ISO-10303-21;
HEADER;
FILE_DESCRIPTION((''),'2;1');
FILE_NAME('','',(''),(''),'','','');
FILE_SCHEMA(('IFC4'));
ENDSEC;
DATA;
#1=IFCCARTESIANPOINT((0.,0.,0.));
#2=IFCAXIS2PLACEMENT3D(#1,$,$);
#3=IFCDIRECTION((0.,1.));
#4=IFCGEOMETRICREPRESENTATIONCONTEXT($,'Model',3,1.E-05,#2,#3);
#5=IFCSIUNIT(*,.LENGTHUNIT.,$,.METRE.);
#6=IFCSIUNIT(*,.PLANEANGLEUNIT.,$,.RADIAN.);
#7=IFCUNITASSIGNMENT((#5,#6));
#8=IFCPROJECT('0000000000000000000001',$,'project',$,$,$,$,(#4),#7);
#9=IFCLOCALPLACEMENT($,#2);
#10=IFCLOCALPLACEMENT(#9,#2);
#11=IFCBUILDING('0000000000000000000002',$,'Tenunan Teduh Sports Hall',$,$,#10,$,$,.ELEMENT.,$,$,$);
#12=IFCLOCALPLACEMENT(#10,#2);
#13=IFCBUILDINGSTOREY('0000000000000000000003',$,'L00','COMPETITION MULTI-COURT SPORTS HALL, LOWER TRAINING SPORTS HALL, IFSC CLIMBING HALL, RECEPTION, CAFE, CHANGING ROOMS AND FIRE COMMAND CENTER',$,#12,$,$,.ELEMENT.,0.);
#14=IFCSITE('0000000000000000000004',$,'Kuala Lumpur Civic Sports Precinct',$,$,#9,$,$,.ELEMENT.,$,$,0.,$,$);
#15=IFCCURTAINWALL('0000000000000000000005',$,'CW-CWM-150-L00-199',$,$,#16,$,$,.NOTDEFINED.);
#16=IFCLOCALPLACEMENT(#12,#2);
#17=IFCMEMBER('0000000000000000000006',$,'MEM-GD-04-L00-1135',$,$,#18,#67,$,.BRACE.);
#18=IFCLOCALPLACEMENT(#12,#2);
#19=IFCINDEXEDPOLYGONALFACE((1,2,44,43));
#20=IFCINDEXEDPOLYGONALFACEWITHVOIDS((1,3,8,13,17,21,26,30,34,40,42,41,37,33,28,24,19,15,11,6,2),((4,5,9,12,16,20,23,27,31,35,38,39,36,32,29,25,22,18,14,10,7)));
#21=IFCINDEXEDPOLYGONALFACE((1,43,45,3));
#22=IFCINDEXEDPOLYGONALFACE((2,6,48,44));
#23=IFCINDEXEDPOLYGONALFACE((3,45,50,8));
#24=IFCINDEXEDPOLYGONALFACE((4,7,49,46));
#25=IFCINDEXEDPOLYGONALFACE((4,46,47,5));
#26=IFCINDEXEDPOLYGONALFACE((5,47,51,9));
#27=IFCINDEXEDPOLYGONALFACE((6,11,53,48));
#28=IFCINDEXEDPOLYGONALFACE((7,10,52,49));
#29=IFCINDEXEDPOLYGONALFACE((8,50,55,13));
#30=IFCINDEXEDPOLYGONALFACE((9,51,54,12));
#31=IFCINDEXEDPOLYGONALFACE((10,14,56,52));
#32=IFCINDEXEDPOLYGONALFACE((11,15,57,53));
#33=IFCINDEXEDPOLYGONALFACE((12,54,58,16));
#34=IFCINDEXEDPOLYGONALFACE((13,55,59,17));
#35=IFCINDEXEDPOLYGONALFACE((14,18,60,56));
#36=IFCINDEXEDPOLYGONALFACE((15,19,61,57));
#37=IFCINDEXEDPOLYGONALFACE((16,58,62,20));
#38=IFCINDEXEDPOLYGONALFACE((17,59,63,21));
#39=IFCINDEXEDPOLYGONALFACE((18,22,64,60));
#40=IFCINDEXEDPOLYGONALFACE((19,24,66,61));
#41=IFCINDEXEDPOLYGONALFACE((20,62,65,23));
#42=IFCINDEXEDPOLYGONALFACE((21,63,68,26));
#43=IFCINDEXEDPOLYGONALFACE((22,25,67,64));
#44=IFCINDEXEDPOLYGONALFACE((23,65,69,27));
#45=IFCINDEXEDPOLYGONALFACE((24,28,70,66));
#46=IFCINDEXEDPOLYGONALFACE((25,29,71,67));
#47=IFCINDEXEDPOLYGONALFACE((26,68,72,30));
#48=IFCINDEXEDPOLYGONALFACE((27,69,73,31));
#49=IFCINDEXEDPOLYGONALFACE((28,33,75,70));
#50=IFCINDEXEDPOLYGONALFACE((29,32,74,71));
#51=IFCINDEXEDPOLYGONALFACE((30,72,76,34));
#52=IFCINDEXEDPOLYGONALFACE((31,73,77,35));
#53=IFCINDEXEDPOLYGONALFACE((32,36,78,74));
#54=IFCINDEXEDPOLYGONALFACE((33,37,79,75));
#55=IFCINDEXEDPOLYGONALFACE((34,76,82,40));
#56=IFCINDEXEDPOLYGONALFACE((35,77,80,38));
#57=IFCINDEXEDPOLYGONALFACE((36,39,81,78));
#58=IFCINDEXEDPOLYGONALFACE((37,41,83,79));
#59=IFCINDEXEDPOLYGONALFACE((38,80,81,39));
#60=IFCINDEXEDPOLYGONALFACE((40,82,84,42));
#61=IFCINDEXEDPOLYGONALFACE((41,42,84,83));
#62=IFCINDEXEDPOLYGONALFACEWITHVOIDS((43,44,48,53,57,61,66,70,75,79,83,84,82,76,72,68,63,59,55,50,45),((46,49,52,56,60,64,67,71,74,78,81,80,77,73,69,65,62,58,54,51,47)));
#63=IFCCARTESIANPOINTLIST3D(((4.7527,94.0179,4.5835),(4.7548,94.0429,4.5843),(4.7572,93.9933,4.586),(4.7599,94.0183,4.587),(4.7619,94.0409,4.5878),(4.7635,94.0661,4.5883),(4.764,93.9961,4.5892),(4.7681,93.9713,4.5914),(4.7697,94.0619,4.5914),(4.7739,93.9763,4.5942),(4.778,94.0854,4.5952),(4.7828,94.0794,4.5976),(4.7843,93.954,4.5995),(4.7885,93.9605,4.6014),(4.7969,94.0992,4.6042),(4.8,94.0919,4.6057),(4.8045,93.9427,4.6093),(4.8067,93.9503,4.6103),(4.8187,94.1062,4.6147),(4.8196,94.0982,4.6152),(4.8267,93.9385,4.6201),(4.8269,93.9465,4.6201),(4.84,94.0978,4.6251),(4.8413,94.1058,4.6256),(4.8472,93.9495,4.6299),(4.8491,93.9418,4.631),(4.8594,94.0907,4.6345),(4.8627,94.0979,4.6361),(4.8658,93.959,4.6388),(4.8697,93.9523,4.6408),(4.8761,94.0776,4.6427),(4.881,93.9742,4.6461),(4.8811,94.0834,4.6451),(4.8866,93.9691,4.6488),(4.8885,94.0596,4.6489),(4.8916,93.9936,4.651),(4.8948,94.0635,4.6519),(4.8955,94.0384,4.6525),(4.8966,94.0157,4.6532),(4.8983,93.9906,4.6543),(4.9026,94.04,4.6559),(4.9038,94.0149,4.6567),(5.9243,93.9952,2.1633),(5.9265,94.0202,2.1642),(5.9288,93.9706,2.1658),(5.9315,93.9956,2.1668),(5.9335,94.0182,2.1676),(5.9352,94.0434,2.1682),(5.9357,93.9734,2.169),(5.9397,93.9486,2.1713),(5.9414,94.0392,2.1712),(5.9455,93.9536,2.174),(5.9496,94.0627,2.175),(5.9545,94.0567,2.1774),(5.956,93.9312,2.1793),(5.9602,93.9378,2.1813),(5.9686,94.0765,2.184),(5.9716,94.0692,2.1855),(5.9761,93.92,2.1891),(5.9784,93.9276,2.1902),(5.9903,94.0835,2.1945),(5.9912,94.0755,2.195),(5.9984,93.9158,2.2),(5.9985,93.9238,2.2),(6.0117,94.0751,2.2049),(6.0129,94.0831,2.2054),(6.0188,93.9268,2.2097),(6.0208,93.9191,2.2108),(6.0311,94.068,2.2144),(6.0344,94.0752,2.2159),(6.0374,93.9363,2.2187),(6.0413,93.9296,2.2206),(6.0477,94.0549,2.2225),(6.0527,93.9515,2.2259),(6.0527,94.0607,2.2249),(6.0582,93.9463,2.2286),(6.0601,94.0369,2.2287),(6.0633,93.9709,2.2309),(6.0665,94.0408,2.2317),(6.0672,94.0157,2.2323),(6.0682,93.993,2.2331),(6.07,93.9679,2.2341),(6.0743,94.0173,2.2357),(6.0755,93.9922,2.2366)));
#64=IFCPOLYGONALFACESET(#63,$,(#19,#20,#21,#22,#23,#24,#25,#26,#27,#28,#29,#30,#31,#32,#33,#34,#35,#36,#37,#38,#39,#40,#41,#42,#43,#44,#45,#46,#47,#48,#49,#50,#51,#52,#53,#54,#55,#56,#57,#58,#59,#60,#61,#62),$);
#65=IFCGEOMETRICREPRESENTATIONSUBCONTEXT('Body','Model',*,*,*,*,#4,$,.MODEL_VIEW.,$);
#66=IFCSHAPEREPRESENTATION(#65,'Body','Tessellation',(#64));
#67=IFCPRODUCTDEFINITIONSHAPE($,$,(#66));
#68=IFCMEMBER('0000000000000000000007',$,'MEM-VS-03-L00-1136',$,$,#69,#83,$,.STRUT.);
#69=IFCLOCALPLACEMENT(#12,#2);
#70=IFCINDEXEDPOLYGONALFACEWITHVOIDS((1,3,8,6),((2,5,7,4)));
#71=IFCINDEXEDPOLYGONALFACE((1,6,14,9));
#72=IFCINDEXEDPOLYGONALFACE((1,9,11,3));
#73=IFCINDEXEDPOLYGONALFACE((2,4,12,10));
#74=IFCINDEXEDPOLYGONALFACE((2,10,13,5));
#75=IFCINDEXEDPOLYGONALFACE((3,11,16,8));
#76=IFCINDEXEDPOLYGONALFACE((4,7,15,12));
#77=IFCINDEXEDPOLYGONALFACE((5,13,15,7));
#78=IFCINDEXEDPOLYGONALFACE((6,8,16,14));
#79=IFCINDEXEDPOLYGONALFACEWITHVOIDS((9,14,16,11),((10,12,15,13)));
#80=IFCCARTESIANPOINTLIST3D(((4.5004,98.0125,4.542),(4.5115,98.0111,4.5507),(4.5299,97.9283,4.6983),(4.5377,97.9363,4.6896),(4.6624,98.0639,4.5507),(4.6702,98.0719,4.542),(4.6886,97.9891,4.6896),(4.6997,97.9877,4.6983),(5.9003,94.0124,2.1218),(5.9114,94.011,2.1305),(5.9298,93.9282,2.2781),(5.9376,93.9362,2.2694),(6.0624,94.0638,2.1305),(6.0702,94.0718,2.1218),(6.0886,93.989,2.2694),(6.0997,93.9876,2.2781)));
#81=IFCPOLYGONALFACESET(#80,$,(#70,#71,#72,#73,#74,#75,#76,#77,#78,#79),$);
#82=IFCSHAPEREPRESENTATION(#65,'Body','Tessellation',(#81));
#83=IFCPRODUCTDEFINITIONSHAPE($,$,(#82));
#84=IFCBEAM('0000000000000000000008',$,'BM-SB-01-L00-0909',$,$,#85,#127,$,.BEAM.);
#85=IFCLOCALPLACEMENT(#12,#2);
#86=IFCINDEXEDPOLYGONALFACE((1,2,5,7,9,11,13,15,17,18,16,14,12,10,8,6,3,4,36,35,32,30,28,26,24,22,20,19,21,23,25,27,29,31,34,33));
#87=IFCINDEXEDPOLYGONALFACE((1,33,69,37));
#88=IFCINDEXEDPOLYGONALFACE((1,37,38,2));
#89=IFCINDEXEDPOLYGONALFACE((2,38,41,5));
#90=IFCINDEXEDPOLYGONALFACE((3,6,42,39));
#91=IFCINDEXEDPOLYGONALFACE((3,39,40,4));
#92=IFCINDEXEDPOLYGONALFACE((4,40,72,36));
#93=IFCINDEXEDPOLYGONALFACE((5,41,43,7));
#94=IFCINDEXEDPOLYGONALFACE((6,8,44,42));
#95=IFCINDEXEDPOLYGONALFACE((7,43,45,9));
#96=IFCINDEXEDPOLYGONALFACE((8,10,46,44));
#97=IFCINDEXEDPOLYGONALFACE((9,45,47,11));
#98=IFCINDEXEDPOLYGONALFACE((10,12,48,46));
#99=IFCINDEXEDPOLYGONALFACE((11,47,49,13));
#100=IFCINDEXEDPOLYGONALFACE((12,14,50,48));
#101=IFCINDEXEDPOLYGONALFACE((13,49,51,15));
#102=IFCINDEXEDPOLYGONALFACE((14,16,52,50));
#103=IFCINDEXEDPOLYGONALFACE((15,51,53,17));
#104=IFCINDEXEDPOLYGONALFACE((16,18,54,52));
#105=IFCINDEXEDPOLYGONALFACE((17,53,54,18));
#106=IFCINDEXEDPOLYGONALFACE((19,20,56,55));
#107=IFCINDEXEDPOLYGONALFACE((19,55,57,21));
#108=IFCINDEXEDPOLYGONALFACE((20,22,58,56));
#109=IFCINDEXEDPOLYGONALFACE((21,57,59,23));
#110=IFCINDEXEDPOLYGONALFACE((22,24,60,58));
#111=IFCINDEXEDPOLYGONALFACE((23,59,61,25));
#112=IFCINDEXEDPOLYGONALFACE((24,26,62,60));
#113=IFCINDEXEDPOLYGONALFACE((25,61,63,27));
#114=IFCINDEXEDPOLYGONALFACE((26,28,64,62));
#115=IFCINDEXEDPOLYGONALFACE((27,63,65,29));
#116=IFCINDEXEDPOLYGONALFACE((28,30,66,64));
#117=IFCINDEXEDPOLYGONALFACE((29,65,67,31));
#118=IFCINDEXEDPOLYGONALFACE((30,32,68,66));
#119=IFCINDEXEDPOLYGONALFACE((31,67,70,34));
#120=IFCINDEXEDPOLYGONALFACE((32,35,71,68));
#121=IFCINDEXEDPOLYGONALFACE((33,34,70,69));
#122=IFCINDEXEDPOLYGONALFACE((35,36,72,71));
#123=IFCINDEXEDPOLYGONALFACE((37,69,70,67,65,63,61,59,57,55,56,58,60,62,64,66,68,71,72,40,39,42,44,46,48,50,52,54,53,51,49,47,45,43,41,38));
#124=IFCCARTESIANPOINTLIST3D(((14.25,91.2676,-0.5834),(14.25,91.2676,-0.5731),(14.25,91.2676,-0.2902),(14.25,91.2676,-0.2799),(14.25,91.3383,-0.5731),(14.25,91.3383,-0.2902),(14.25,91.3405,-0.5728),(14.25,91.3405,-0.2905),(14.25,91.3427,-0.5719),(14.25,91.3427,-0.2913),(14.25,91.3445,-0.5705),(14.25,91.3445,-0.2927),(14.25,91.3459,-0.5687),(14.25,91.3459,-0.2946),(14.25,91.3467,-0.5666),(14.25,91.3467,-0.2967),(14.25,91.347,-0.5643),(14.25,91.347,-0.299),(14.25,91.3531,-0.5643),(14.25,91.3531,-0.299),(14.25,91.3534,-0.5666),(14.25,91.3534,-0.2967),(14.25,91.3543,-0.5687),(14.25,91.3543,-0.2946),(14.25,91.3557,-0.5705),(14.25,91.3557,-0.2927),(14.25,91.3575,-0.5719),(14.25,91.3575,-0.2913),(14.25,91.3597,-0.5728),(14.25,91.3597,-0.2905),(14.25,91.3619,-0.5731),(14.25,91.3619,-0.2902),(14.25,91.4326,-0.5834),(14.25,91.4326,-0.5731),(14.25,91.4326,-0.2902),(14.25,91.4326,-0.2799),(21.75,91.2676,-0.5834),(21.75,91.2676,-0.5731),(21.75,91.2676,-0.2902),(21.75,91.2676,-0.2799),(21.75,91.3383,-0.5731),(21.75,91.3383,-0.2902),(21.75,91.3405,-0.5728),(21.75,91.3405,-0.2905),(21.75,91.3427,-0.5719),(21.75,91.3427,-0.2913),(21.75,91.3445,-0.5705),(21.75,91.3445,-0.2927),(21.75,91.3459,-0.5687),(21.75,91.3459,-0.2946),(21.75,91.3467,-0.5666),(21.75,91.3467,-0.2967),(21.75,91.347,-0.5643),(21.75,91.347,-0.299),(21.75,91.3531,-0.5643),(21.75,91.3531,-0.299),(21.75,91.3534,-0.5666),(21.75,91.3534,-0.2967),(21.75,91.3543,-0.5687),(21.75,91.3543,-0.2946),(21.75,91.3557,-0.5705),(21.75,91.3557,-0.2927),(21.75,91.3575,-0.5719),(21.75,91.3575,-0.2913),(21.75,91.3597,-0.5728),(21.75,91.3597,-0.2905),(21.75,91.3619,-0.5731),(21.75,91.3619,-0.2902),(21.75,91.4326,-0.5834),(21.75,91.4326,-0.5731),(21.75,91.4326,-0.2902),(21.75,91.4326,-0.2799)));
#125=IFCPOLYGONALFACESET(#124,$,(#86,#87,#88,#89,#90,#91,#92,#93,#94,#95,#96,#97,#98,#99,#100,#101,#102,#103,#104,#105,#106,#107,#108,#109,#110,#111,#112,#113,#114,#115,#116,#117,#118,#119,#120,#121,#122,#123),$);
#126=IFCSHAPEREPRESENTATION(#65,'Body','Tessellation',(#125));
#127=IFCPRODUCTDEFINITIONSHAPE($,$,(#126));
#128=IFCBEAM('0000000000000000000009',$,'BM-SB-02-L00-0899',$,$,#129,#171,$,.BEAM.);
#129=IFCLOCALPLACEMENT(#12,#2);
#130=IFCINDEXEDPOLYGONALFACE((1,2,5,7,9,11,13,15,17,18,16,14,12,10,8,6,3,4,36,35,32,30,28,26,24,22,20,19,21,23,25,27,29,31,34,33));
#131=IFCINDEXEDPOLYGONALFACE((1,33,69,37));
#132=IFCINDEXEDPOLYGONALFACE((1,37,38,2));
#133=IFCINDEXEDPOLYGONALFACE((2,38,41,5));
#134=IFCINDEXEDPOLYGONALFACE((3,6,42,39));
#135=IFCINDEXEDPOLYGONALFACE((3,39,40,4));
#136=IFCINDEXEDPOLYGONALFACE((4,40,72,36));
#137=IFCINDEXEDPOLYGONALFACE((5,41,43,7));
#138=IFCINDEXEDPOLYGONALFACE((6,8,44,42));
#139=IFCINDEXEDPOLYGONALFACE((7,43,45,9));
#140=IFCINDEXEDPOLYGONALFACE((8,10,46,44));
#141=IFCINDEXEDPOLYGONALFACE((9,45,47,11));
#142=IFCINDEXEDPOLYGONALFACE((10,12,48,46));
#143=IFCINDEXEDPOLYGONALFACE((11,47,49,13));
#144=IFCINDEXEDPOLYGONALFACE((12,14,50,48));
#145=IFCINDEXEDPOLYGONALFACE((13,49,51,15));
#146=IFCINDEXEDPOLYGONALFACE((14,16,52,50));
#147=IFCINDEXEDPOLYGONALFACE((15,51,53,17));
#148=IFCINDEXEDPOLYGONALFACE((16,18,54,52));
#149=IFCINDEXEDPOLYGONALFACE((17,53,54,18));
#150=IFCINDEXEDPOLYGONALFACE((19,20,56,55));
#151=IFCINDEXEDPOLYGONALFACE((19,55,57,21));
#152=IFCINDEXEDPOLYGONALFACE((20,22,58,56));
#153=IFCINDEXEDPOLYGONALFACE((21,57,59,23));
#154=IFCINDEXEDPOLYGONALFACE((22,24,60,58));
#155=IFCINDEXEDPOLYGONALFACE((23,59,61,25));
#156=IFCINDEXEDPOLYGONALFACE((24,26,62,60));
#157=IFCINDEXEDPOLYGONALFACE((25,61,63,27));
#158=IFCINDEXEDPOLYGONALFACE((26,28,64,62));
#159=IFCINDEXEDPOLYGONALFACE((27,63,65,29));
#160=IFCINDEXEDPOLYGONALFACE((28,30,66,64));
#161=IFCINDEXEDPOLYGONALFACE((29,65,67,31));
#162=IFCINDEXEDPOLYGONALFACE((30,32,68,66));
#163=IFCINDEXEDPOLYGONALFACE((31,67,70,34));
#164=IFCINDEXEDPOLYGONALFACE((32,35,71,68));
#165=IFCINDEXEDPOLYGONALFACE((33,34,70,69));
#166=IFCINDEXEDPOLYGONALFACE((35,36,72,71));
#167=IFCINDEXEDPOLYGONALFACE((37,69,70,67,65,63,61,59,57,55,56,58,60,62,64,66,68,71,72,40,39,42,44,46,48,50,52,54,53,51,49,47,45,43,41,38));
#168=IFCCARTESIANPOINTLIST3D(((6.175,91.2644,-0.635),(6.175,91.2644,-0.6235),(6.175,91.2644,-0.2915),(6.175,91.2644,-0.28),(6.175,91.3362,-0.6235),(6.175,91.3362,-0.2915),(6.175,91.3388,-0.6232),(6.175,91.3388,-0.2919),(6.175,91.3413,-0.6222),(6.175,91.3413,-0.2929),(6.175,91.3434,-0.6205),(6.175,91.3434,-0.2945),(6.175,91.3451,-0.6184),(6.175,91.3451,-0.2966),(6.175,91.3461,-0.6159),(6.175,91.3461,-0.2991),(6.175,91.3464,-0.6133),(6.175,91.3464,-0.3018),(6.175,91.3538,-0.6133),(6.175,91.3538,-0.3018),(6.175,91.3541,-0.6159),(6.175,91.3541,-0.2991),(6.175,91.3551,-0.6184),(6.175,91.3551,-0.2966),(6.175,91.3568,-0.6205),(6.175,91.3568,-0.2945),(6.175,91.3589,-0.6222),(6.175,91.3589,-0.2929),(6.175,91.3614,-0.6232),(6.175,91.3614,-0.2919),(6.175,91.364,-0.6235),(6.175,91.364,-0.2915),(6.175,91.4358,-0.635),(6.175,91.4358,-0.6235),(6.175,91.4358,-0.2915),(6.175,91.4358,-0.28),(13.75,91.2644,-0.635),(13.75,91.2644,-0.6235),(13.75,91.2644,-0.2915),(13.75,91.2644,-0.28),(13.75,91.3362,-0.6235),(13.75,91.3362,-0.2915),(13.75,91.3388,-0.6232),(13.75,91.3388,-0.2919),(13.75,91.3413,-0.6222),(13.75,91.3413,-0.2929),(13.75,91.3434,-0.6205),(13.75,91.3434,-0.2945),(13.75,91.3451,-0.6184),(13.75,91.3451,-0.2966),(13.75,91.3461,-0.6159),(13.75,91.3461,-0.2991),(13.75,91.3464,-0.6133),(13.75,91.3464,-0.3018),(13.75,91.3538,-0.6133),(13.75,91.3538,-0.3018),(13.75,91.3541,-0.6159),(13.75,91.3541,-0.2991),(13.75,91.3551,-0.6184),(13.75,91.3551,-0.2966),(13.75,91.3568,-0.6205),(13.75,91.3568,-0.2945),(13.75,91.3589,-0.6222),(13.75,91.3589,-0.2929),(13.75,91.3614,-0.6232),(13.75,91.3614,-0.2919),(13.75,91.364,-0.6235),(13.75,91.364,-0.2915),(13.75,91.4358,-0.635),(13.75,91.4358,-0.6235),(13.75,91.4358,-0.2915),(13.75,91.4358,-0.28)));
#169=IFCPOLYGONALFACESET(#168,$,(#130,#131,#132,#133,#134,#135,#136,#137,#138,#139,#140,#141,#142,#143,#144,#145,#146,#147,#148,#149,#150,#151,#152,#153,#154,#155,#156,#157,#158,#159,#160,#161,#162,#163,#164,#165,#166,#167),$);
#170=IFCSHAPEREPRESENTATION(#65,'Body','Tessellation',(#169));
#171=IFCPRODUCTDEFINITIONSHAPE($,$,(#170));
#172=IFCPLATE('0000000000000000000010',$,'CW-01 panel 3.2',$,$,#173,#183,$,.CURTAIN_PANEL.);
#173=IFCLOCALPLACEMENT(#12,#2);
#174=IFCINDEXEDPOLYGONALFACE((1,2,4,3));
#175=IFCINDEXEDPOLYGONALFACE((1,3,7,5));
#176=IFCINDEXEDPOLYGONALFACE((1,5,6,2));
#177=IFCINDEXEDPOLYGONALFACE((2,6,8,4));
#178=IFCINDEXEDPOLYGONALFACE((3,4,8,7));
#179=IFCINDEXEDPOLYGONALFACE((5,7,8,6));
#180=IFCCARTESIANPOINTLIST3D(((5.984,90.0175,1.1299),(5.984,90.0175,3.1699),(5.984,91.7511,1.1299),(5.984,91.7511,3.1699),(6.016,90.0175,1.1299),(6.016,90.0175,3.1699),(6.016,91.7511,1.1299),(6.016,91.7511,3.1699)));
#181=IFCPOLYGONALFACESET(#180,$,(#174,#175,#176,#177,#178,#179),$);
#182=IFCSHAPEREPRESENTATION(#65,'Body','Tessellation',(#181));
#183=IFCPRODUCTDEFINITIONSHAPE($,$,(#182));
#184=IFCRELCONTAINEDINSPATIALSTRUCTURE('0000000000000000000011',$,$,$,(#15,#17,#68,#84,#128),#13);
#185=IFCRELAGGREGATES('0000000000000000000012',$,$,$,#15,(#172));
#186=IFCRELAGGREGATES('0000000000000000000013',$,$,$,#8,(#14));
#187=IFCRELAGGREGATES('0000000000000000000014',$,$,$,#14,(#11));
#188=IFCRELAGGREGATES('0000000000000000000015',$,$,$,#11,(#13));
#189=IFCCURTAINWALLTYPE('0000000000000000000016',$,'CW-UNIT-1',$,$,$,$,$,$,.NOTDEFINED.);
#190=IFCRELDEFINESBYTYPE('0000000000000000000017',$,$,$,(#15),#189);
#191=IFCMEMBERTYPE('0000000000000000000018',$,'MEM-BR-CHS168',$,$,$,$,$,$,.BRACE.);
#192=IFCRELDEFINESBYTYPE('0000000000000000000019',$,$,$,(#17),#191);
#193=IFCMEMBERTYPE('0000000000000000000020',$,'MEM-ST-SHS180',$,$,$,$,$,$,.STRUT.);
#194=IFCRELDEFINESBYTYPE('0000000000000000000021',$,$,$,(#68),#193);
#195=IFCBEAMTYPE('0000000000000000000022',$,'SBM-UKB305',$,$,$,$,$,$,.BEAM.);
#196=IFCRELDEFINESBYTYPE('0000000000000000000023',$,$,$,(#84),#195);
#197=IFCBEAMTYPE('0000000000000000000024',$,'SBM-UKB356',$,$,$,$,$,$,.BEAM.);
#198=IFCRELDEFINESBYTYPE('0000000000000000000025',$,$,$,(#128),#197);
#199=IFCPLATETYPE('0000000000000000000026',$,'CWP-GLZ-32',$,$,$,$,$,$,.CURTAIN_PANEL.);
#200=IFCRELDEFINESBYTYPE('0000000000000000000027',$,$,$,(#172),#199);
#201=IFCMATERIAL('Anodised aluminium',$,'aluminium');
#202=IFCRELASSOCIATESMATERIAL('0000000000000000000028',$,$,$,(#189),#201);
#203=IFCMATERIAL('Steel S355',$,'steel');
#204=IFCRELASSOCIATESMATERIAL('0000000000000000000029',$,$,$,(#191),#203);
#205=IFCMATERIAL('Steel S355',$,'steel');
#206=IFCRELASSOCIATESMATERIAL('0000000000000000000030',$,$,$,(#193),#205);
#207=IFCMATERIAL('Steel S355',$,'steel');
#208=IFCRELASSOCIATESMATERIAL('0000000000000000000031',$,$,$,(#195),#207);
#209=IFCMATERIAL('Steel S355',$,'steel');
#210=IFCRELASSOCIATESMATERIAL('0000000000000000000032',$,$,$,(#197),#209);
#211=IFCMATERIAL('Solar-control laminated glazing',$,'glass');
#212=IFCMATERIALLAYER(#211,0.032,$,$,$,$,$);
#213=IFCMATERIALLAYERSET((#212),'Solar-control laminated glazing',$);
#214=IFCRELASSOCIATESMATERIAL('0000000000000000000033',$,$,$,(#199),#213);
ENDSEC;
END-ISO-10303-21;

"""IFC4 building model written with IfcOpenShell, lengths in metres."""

from ifc_helpers import new_model, si_unit, direction, frame, origin, origin_2d, place, context, subcontext, project, spatial, rectangle, hollow_rectangle, hollow_circle, i_section, extrude, material, layer, layer_set, material_profile, profile_set, type_object, element, aggregate, save


model = new_model("IFC4")

# Units and contexts
model_context = context("Model", 3, precision=1e-05, world=origin(), true_north=direction((0.0, 1.0)))
body_context = subcontext(model_context, "Body", "Model", "MODEL_VIEW")
ifc_project = project(units=[si_unit("LENGTHUNIT", "METRE"), si_unit("PLANEANGLEUNIT", "RADIAN")], contexts=[model_context])

# Site, building, storey
site_placement = place(None, origin())
site = spatial("IfcSite", under=ifc_project, at=site_placement, Name="Kuala Lumpur Civic Sports Precinct", CompositionType="ELEMENT", RefElevation=0.0)
building_placement = place(site_placement, origin())
building = spatial("IfcBuilding", under=site, at=building_placement, Name="Tenunan Teduh Sports Hall", CompositionType="ELEMENT")
storey_placement = place(building_placement, origin())
storey = spatial("IfcBuildingStorey", under=building, at=storey_placement, Name="L00", Description="COMPETITION MULTI-COURT SPORTS HALL, LOWER TRAINING SPORTS HALL, IFSC CLIMBING HALL, RECEPTION, CAFE, CHANGING ROOMS AND FIRE COMMAND CENTER", CompositionType="ELEMENT", Elevation=0.0)

# Curtain wall
ifc_material_1 = material(Name="Anodised aluminium", Category="aluminium")
curtain_wall_type = type_object("IfcCurtainWallType", Name="CW-UNIT-1", PredefinedType="NOTDEFINED", material=ifc_material_1)
curtain_wall_placement = place(storey_placement, origin())
curtain_wall = element("IfcCurtainWall", 1, at=curtain_wall_placement, inside=storey, type_object=curtain_wall_type, Name="CW-CWM-150-L00-199", PredefinedType="NOTDEFINED")

# Members
ifc_material_2 = material(Name="Steel S355", Category="steel")
ifc_material_profile_1 = material_profile(ifc_material_2, hollow_circle(Radius=0.0842, WallThickness=0.0081, at=origin_2d()), Name="CHS 168.3x8.0")
ifc_profile_set_1 = profile_set([ifc_material_profile_1], Name="Steel S355")
member_type_1 = type_object("IfcMemberType", Name="MEM-BR-CHS168", PredefinedType="BRACE", material=ifc_profile_set_1)
member_1_placement = place(storey_placement, frame((6.0, 94.0, 2.2), z_axis=(-0.435721, 0.008444, 0.900042), x_axis=(-0.019375, -0.999812, 0.0)))
element("IfcMember", 2, at=member_1_placement, inside=storey, type_object=member_type_1, Name="MEM-GD-04-L00-1135", PredefinedType="BRACE", context=body_context, shape_type="SweptSolid", body=[
    extrude(hollow_circle(Radius=0.0842, WallThickness=0.0081, at=origin_2d()), origin(), (0.0, 0.0, 1.0), 2.689),
])
ifc_material_3 = material(Name="Steel S355", Category="steel")
ifc_material_profile_2 = material_profile(ifc_material_3, hollow_rectangle(XDim=0.1799, YDim=0.1799, WallThickness=0.01, at=origin_2d()), Name="SHS 180x180x10.0")
ifc_profile_set_2 = profile_set([ifc_material_profile_2], Name="Steel S355")
member_type_2 = type_object("IfcMemberType", Name="MEM-ST-SHS180", PredefinedType="STRUT", material=ifc_profile_set_2)
member_2_placement = place(storey_placement, frame((6.0, 94.0, 2.2), z_axis=(-0.28685, 0.819629, 0.495909), x_axis=(-0.943866, -0.33033, 0.0)))
element("IfcMember", 3, at=member_2_placement, inside=storey, type_object=member_type_2, Name="MEM-VS-03-L00-1136", PredefinedType="STRUT", context=body_context, shape_type="SweptSolid", body=[
    extrude(hollow_rectangle(XDim=0.1799, YDim=0.1799, WallThickness=0.01, at=origin_2d()), origin(), (0.0, 0.0, 1.0), 4.8804),
])

# Beams
ifc_material_4 = material(Name="Steel S355", Category="steel")
ifc_material_profile_3 = material_profile(ifc_material_4, i_section(OverallWidth=0.165, OverallDepth=0.3035, WebThickness=0.0061, FlangeThickness=0.0103, FilletRadius=0.0088, at=origin_2d()), Name="UKB 305x165x40")
ifc_profile_set_3 = profile_set([ifc_material_profile_3], Name="Steel S355")
beam_type_1 = type_object("IfcBeamType", Name="SBM-UKB305", PredefinedType="BEAM", material=ifc_profile_set_3)
beam_1_placement = place(storey_placement, frame((14.25, 91.3501, -0.4316), z_axis=(1.0, 0.0, 0.0), x_axis=(0.0, 1.0, 0.0)))
element("IfcBeam", 4, at=beam_1_placement, inside=storey, type_object=beam_type_1, Name="BM-SB-01-L00-0909", PredefinedType="BEAM", context=body_context, shape_type="SweptSolid", body=[
    extrude(i_section(OverallWidth=0.165, OverallDepth=0.3035, WebThickness=0.0061, FlangeThickness=0.0103, FilletRadius=0.0088, at=origin_2d()), origin(), (0.0, 0.0, 1.0), 7.5),
])
ifc_material_5 = material(Name="Steel S355", Category="steel")
ifc_material_profile_4 = material_profile(ifc_material_5, i_section(OverallWidth=0.1714, OverallDepth=0.355, WebThickness=0.0073, FlangeThickness=0.0115, FilletRadius=0.0103, at=origin_2d()), Name="UKB 356x171x51")
ifc_profile_set_4 = profile_set([ifc_material_profile_4], Name="Steel S355")
beam_type_2 = type_object("IfcBeamType", Name="SBM-UKB356", PredefinedType="BEAM", material=ifc_profile_set_4)
beam_2_placement = place(storey_placement, frame((6.175, 91.3501, -0.4575), z_axis=(1.0, 0.0, 0.0), x_axis=(0.0, 1.0, 0.0)))
element("IfcBeam", 5, at=beam_2_placement, inside=storey, type_object=beam_type_2, Name="BM-SB-02-L00-0899", PredefinedType="BEAM", context=body_context, shape_type="SweptSolid", body=[
    extrude(i_section(OverallWidth=0.1714, OverallDepth=0.355, WebThickness=0.0073, FlangeThickness=0.0115, FilletRadius=0.0103, at=origin_2d()), origin(), (0.0, 0.0, 1.0), 7.575),
])

# Plate
ifc_material_6 = material(Name="Solar-control laminated glazing", Category="glass")
ifc_layer_1 = layer(ifc_material_6, 0.032)
ifc_layer_set_1 = layer_set([ifc_layer_1], Name="Solar-control laminated glazing")
plate_type_1 = type_object("IfcPlateType", Name="CWP-GLZ-32", PredefinedType="CURTAIN_PANEL", material=ifc_layer_set_1)
plate_1_placement = place(storey_placement, frame((6.0, 90.8843, 1.1299), z_axis=(0.0, 0.0, 1.0), x_axis=(0.0, 1.0, 0.0)))
plate_1 = element("IfcPlate", 6, at=plate_1_placement, type_object=plate_type_1, Name="CW-01 panel 3.2", PredefinedType="CURTAIN_PANEL", context=body_context, shape_type="SweptSolid", body=[
    extrude(rectangle(XDim=1.7336, YDim=0.032, at=origin_2d()), origin(), (0.0, 0.0, 1.0), 2.04),
])
aggregate(curtain_wall, [plate_1])

save(model, "model.ifc")
